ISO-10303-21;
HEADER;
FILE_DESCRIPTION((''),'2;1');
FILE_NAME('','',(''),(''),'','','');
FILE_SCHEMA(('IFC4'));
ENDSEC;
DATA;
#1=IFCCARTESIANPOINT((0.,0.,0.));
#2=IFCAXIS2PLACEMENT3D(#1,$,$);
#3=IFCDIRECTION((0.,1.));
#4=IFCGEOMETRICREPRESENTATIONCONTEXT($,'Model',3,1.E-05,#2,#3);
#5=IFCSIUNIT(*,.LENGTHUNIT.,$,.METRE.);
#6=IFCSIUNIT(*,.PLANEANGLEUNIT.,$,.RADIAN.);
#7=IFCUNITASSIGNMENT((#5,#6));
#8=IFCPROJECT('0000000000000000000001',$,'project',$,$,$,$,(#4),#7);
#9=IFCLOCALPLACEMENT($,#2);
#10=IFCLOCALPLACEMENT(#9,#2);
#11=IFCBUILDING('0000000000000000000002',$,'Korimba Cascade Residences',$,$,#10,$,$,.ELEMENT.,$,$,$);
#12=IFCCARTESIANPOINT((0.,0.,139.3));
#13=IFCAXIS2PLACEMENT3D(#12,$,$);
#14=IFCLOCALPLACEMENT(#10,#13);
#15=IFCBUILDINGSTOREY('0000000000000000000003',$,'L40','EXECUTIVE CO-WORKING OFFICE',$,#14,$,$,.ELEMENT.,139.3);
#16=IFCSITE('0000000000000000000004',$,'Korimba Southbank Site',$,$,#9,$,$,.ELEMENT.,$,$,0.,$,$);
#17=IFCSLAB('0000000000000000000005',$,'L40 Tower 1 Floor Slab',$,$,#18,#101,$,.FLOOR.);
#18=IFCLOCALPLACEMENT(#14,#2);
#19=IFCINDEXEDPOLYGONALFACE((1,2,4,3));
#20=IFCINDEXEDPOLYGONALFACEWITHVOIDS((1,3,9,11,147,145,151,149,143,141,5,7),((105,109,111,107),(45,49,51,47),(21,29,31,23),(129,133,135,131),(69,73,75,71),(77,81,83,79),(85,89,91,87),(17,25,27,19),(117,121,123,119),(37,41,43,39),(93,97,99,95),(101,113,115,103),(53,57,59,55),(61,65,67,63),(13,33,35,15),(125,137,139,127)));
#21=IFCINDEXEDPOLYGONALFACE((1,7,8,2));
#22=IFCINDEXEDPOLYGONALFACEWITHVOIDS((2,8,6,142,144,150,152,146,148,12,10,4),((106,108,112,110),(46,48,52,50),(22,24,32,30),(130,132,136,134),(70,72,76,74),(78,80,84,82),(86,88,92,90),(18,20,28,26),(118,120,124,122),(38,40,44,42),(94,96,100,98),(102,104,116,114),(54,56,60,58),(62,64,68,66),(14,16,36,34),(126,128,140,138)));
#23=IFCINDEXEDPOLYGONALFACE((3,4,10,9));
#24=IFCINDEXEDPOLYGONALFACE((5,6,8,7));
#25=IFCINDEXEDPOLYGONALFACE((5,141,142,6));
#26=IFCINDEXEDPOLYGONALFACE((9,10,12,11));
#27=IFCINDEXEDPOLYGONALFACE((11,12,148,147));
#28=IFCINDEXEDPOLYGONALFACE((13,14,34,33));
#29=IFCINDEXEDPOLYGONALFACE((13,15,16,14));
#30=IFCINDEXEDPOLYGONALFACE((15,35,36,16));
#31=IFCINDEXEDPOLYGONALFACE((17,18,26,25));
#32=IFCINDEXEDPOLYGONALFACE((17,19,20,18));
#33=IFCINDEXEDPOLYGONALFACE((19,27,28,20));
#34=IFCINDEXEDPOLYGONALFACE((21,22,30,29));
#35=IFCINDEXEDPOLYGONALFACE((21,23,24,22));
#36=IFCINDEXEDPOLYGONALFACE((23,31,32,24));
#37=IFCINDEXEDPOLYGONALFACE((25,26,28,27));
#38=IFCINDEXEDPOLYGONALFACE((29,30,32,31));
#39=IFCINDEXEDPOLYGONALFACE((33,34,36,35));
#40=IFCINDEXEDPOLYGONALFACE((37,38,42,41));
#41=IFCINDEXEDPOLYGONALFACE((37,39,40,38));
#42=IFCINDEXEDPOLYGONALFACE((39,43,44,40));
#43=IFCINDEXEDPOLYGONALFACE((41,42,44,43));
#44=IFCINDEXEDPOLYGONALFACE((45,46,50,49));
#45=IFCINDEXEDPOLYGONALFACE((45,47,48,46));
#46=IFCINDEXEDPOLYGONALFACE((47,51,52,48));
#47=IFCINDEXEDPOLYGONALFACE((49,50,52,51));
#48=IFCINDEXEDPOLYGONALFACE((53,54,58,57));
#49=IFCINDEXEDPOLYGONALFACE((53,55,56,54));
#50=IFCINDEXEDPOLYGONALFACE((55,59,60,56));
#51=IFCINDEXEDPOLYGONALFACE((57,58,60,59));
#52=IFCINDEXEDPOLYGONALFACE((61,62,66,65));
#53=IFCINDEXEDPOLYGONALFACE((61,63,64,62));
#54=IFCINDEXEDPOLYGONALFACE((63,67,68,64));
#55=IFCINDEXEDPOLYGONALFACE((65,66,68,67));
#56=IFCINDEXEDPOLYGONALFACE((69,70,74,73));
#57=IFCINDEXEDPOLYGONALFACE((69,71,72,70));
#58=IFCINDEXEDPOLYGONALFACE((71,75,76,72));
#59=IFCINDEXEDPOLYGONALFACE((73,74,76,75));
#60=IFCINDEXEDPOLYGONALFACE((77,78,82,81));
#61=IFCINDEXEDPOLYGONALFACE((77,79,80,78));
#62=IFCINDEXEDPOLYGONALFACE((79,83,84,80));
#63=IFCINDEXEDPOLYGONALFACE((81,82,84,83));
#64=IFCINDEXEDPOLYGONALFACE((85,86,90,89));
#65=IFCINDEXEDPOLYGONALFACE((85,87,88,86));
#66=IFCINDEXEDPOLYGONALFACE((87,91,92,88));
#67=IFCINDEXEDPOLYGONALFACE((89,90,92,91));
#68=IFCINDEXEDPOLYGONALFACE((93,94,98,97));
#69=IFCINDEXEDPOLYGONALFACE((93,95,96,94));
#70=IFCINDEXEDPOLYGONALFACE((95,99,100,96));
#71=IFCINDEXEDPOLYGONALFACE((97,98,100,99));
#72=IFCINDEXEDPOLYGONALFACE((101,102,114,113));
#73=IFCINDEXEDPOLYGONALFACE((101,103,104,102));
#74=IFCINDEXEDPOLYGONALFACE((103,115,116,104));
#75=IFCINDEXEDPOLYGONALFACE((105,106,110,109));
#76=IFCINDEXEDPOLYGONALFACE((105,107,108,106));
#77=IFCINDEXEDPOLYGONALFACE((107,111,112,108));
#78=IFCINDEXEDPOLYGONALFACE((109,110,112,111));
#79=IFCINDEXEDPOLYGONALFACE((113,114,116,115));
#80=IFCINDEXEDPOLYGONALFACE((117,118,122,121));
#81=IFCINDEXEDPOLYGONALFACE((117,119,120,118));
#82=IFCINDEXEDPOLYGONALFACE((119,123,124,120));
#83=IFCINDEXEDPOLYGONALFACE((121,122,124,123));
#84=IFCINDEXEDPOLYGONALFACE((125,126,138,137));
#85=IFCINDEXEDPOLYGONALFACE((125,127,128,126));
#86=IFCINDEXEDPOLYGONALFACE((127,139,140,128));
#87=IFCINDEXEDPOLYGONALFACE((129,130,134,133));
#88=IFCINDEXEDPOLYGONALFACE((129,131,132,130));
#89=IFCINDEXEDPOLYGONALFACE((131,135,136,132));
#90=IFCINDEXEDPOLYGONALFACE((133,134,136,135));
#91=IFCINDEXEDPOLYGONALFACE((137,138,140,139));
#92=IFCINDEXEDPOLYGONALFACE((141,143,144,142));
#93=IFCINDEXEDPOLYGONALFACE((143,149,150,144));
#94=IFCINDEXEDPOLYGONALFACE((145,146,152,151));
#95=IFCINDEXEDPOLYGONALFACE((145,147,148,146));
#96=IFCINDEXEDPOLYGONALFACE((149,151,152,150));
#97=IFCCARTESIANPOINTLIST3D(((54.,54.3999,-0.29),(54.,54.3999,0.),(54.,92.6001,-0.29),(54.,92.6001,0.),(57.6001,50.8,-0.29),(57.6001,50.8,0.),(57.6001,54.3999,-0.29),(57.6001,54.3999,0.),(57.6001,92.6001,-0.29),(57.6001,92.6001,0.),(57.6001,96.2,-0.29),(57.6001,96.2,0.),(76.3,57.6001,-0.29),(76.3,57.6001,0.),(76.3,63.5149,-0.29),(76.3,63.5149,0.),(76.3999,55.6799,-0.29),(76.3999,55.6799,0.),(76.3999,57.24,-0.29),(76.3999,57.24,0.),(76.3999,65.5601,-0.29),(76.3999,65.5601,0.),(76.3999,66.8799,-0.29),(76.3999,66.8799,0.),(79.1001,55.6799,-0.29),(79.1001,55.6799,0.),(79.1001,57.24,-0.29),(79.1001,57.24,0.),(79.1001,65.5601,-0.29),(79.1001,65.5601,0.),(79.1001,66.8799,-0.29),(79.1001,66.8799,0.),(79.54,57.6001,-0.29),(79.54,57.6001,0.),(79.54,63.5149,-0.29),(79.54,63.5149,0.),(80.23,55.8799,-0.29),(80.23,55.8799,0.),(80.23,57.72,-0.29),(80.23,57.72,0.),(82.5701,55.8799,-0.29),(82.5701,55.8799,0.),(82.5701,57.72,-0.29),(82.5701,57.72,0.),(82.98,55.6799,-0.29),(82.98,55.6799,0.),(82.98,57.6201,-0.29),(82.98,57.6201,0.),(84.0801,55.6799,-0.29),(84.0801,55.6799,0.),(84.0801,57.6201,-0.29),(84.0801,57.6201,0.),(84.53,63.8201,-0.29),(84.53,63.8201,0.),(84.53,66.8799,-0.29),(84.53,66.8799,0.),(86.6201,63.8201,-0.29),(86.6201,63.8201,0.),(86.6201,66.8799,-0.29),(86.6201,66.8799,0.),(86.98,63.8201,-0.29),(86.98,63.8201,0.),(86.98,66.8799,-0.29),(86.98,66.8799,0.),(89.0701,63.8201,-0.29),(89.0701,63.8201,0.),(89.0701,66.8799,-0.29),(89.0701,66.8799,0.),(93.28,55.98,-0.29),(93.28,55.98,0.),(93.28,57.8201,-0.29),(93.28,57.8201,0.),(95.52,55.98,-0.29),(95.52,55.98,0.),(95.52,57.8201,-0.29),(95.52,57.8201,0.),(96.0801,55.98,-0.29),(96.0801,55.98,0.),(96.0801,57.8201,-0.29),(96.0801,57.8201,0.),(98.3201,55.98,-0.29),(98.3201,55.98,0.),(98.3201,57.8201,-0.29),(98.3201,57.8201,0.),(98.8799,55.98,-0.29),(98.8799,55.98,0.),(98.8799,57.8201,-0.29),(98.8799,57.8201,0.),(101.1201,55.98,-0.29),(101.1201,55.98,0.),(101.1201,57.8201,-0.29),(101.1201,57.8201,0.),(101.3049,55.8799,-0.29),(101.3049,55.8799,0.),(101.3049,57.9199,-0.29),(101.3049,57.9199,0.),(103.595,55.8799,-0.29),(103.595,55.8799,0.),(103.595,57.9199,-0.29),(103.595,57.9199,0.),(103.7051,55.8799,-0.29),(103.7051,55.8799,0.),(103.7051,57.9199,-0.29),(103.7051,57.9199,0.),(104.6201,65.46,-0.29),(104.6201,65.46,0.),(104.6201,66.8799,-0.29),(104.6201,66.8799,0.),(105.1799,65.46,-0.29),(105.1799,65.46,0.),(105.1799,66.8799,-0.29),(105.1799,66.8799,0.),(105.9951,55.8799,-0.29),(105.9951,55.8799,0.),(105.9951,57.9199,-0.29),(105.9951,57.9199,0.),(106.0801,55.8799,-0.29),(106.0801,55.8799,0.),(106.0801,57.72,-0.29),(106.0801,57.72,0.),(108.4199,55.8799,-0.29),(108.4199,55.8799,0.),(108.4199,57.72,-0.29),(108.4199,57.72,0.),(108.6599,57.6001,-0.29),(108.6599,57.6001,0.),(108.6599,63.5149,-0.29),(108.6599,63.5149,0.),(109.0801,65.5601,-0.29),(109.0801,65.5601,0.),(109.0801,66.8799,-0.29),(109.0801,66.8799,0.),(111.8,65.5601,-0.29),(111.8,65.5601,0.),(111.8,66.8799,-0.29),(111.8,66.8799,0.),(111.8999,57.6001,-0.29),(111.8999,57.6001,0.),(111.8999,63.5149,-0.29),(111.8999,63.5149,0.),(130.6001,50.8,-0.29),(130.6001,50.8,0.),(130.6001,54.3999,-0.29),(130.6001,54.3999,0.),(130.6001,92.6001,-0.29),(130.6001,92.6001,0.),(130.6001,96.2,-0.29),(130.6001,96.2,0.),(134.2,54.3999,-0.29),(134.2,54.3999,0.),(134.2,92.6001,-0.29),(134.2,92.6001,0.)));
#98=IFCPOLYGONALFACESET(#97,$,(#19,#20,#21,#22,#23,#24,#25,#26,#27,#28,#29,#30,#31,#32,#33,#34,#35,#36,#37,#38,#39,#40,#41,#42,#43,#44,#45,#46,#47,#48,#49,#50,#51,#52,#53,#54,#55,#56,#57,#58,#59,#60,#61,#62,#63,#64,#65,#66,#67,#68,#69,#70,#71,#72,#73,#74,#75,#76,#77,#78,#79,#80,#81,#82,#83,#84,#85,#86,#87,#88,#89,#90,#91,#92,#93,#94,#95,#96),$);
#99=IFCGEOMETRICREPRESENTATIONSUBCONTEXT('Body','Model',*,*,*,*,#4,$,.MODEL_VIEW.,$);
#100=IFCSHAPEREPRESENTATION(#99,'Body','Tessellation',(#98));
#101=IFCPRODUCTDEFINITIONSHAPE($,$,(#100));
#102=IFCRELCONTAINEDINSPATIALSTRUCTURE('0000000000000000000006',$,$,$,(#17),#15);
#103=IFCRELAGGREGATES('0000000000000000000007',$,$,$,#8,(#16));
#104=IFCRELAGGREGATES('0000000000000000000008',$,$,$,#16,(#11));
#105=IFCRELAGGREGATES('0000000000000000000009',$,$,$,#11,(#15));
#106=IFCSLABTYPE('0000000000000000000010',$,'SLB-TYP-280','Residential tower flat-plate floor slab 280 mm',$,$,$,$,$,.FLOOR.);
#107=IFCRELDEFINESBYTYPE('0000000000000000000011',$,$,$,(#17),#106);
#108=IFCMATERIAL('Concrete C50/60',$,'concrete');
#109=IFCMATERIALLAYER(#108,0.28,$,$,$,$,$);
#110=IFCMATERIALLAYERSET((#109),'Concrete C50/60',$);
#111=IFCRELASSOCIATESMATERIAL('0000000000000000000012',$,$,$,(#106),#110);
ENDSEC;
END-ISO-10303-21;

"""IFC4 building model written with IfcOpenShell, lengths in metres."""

from ifc_helpers import new_model, si_unit, direction, frame, origin, place, context, subcontext, project, spatial, polyline, outline, extrude, material, layer, layer_set, type_object, element, save


model = new_model("IFC4")

# Units and contexts
model_context = context("Model", 3, precision=1e-05, world=origin(), true_north=direction((0.0, 1.0)))
body_context = subcontext(model_context, "Body", "Model", "MODEL_VIEW")
ifc_project = project(units=[si_unit("LENGTHUNIT", "METRE"), si_unit("PLANEANGLEUNIT", "RADIAN")], contexts=[model_context])

# Site, building, storey
site_placement = place(None, origin())
site = spatial("IfcSite", under=ifc_project, at=site_placement, Name="Korimba Southbank Site", CompositionType="ELEMENT", RefElevation=0.0)
building_placement = place(site_placement, origin())
building = spatial("IfcBuilding", under=site, at=building_placement, Name="Korimba Cascade Residences", CompositionType="ELEMENT")
storey_placement = place(building_placement, frame((0.0, 0.0, 139.3)))
storey = spatial("IfcBuildingStorey", under=building, at=storey_placement, Name="L40", Description="EXECUTIVE CO-WORKING OFFICE", CompositionType="ELEMENT", Elevation=139.3)

# Shared definitions
ifc_material_1 = material(Name="Concrete C50/60", Category="concrete")

# Slab
ifc_layer_1 = layer(ifc_material_1, 0.28)
ifc_layer_set_1 = layer_set([ifc_layer_1], Name="Concrete C50/60")
slab_type_1 = type_object("IfcSlabType", Name="SLB-TYP-280", Description="Residential tower flat-plate floor slab 280 mm", PredefinedType="FLOOR", material=ifc_layer_set_1)
slab_1_placement = place(storey_placement, frame((0.0, 0.0, -0.29)))
element("IfcSlab", 1, at=slab_1_placement, inside=storey, type_object=slab_type_1, Name="L40 Tower 1 Floor Slab", PredefinedType="FLOOR", context=body_context, shape_type="SweptSolid", body=[
    extrude(outline(polyline([(57.6001, 50.8), (130.6001, 50.8), (130.6001, 54.3999), (134.2, 54.3999), (134.2, 92.6001), (130.6001, 92.6001), (130.6001, 96.2), (57.6001, 96.2), (57.6001, 92.6001), (54.0, 92.6001), (54.0, 54.3999), (57.6001, 54.3999), (57.6001, 50.8)]), holes=[polyline([(76.3, 63.5149), (76.3, 57.6001), (79.54, 57.6001), (79.54, 63.5149), (76.3, 63.5149)]), polyline([(108.6599, 63.5149), (108.6599, 57.6001), (111.8999, 57.6001), (111.8999, 63.5149), (108.6599, 63.5149)]), polyline([(80.23, 55.8799), (82.5701, 55.8799), (82.5701, 57.72), (80.23, 57.72), (80.23, 55.8799)]), polyline([(106.0801, 55.8799), (108.4199, 55.8799), (108.4199, 57.72), (106.0801, 57.72), (106.0801, 55.8799)]), polyline([(93.28, 55.98), (95.52, 55.98), (95.52, 57.8201), (93.28, 57.8201), (93.28, 55.98)]), polyline([(96.0801, 55.98), (98.3201, 55.98), (98.3201, 57.8201), (96.0801, 57.8201), (96.0801, 55.98)]), polyline([(98.8799, 55.98), (101.1201, 55.98), (101.1201, 57.8201), (98.8799, 57.8201), (98.8799, 55.98)]), polyline([(101.3049, 55.8799), (103.595, 55.8799), (103.595, 57.9199), (101.3049, 57.9199), (101.3049, 55.8799)]), polyline([(103.7051, 55.8799), (105.9951, 55.8799), (105.9951, 57.9199), (103.7051, 57.9199), (103.7051, 55.8799)]), polyline([(82.98, 55.6799), (84.0801, 55.6799), (84.0801, 57.6201), (82.98, 57.6201), (82.98, 55.6799)]), polyline([(76.3999, 65.5601), (79.1001, 65.5601), (79.1001, 66.8799), (76.3999, 66.8799), (76.3999, 65.5601)]), polyline([(76.3999, 55.6799), (79.1001, 55.6799), (79.1001, 57.24), (76.3999, 57.24), (76.3999, 55.6799)]), polyline([(84.53, 63.8201), (86.6201, 63.8201), (86.6201, 66.8799), (84.53, 66.8799), (84.53, 63.8201)]), polyline([(86.98, 63.8201), (89.0701, 63.8201), (89.0701, 66.8799), (86.98, 66.8799), (86.98, 63.8201)]), polyline([(104.6201, 65.46), (105.1799, 65.46), (105.1799, 66.8799), (104.6201, 66.8799), (104.6201, 65.46)]), polyline([(109.0801, 65.5601), (111.8, 65.5601), (111.8, 66.8799), (109.0801, 66.8799), (109.0801, 65.5601)])]), origin(), (0.0, 0.0, 1.0), 0.29),
])

save(model, "model.ifc")
